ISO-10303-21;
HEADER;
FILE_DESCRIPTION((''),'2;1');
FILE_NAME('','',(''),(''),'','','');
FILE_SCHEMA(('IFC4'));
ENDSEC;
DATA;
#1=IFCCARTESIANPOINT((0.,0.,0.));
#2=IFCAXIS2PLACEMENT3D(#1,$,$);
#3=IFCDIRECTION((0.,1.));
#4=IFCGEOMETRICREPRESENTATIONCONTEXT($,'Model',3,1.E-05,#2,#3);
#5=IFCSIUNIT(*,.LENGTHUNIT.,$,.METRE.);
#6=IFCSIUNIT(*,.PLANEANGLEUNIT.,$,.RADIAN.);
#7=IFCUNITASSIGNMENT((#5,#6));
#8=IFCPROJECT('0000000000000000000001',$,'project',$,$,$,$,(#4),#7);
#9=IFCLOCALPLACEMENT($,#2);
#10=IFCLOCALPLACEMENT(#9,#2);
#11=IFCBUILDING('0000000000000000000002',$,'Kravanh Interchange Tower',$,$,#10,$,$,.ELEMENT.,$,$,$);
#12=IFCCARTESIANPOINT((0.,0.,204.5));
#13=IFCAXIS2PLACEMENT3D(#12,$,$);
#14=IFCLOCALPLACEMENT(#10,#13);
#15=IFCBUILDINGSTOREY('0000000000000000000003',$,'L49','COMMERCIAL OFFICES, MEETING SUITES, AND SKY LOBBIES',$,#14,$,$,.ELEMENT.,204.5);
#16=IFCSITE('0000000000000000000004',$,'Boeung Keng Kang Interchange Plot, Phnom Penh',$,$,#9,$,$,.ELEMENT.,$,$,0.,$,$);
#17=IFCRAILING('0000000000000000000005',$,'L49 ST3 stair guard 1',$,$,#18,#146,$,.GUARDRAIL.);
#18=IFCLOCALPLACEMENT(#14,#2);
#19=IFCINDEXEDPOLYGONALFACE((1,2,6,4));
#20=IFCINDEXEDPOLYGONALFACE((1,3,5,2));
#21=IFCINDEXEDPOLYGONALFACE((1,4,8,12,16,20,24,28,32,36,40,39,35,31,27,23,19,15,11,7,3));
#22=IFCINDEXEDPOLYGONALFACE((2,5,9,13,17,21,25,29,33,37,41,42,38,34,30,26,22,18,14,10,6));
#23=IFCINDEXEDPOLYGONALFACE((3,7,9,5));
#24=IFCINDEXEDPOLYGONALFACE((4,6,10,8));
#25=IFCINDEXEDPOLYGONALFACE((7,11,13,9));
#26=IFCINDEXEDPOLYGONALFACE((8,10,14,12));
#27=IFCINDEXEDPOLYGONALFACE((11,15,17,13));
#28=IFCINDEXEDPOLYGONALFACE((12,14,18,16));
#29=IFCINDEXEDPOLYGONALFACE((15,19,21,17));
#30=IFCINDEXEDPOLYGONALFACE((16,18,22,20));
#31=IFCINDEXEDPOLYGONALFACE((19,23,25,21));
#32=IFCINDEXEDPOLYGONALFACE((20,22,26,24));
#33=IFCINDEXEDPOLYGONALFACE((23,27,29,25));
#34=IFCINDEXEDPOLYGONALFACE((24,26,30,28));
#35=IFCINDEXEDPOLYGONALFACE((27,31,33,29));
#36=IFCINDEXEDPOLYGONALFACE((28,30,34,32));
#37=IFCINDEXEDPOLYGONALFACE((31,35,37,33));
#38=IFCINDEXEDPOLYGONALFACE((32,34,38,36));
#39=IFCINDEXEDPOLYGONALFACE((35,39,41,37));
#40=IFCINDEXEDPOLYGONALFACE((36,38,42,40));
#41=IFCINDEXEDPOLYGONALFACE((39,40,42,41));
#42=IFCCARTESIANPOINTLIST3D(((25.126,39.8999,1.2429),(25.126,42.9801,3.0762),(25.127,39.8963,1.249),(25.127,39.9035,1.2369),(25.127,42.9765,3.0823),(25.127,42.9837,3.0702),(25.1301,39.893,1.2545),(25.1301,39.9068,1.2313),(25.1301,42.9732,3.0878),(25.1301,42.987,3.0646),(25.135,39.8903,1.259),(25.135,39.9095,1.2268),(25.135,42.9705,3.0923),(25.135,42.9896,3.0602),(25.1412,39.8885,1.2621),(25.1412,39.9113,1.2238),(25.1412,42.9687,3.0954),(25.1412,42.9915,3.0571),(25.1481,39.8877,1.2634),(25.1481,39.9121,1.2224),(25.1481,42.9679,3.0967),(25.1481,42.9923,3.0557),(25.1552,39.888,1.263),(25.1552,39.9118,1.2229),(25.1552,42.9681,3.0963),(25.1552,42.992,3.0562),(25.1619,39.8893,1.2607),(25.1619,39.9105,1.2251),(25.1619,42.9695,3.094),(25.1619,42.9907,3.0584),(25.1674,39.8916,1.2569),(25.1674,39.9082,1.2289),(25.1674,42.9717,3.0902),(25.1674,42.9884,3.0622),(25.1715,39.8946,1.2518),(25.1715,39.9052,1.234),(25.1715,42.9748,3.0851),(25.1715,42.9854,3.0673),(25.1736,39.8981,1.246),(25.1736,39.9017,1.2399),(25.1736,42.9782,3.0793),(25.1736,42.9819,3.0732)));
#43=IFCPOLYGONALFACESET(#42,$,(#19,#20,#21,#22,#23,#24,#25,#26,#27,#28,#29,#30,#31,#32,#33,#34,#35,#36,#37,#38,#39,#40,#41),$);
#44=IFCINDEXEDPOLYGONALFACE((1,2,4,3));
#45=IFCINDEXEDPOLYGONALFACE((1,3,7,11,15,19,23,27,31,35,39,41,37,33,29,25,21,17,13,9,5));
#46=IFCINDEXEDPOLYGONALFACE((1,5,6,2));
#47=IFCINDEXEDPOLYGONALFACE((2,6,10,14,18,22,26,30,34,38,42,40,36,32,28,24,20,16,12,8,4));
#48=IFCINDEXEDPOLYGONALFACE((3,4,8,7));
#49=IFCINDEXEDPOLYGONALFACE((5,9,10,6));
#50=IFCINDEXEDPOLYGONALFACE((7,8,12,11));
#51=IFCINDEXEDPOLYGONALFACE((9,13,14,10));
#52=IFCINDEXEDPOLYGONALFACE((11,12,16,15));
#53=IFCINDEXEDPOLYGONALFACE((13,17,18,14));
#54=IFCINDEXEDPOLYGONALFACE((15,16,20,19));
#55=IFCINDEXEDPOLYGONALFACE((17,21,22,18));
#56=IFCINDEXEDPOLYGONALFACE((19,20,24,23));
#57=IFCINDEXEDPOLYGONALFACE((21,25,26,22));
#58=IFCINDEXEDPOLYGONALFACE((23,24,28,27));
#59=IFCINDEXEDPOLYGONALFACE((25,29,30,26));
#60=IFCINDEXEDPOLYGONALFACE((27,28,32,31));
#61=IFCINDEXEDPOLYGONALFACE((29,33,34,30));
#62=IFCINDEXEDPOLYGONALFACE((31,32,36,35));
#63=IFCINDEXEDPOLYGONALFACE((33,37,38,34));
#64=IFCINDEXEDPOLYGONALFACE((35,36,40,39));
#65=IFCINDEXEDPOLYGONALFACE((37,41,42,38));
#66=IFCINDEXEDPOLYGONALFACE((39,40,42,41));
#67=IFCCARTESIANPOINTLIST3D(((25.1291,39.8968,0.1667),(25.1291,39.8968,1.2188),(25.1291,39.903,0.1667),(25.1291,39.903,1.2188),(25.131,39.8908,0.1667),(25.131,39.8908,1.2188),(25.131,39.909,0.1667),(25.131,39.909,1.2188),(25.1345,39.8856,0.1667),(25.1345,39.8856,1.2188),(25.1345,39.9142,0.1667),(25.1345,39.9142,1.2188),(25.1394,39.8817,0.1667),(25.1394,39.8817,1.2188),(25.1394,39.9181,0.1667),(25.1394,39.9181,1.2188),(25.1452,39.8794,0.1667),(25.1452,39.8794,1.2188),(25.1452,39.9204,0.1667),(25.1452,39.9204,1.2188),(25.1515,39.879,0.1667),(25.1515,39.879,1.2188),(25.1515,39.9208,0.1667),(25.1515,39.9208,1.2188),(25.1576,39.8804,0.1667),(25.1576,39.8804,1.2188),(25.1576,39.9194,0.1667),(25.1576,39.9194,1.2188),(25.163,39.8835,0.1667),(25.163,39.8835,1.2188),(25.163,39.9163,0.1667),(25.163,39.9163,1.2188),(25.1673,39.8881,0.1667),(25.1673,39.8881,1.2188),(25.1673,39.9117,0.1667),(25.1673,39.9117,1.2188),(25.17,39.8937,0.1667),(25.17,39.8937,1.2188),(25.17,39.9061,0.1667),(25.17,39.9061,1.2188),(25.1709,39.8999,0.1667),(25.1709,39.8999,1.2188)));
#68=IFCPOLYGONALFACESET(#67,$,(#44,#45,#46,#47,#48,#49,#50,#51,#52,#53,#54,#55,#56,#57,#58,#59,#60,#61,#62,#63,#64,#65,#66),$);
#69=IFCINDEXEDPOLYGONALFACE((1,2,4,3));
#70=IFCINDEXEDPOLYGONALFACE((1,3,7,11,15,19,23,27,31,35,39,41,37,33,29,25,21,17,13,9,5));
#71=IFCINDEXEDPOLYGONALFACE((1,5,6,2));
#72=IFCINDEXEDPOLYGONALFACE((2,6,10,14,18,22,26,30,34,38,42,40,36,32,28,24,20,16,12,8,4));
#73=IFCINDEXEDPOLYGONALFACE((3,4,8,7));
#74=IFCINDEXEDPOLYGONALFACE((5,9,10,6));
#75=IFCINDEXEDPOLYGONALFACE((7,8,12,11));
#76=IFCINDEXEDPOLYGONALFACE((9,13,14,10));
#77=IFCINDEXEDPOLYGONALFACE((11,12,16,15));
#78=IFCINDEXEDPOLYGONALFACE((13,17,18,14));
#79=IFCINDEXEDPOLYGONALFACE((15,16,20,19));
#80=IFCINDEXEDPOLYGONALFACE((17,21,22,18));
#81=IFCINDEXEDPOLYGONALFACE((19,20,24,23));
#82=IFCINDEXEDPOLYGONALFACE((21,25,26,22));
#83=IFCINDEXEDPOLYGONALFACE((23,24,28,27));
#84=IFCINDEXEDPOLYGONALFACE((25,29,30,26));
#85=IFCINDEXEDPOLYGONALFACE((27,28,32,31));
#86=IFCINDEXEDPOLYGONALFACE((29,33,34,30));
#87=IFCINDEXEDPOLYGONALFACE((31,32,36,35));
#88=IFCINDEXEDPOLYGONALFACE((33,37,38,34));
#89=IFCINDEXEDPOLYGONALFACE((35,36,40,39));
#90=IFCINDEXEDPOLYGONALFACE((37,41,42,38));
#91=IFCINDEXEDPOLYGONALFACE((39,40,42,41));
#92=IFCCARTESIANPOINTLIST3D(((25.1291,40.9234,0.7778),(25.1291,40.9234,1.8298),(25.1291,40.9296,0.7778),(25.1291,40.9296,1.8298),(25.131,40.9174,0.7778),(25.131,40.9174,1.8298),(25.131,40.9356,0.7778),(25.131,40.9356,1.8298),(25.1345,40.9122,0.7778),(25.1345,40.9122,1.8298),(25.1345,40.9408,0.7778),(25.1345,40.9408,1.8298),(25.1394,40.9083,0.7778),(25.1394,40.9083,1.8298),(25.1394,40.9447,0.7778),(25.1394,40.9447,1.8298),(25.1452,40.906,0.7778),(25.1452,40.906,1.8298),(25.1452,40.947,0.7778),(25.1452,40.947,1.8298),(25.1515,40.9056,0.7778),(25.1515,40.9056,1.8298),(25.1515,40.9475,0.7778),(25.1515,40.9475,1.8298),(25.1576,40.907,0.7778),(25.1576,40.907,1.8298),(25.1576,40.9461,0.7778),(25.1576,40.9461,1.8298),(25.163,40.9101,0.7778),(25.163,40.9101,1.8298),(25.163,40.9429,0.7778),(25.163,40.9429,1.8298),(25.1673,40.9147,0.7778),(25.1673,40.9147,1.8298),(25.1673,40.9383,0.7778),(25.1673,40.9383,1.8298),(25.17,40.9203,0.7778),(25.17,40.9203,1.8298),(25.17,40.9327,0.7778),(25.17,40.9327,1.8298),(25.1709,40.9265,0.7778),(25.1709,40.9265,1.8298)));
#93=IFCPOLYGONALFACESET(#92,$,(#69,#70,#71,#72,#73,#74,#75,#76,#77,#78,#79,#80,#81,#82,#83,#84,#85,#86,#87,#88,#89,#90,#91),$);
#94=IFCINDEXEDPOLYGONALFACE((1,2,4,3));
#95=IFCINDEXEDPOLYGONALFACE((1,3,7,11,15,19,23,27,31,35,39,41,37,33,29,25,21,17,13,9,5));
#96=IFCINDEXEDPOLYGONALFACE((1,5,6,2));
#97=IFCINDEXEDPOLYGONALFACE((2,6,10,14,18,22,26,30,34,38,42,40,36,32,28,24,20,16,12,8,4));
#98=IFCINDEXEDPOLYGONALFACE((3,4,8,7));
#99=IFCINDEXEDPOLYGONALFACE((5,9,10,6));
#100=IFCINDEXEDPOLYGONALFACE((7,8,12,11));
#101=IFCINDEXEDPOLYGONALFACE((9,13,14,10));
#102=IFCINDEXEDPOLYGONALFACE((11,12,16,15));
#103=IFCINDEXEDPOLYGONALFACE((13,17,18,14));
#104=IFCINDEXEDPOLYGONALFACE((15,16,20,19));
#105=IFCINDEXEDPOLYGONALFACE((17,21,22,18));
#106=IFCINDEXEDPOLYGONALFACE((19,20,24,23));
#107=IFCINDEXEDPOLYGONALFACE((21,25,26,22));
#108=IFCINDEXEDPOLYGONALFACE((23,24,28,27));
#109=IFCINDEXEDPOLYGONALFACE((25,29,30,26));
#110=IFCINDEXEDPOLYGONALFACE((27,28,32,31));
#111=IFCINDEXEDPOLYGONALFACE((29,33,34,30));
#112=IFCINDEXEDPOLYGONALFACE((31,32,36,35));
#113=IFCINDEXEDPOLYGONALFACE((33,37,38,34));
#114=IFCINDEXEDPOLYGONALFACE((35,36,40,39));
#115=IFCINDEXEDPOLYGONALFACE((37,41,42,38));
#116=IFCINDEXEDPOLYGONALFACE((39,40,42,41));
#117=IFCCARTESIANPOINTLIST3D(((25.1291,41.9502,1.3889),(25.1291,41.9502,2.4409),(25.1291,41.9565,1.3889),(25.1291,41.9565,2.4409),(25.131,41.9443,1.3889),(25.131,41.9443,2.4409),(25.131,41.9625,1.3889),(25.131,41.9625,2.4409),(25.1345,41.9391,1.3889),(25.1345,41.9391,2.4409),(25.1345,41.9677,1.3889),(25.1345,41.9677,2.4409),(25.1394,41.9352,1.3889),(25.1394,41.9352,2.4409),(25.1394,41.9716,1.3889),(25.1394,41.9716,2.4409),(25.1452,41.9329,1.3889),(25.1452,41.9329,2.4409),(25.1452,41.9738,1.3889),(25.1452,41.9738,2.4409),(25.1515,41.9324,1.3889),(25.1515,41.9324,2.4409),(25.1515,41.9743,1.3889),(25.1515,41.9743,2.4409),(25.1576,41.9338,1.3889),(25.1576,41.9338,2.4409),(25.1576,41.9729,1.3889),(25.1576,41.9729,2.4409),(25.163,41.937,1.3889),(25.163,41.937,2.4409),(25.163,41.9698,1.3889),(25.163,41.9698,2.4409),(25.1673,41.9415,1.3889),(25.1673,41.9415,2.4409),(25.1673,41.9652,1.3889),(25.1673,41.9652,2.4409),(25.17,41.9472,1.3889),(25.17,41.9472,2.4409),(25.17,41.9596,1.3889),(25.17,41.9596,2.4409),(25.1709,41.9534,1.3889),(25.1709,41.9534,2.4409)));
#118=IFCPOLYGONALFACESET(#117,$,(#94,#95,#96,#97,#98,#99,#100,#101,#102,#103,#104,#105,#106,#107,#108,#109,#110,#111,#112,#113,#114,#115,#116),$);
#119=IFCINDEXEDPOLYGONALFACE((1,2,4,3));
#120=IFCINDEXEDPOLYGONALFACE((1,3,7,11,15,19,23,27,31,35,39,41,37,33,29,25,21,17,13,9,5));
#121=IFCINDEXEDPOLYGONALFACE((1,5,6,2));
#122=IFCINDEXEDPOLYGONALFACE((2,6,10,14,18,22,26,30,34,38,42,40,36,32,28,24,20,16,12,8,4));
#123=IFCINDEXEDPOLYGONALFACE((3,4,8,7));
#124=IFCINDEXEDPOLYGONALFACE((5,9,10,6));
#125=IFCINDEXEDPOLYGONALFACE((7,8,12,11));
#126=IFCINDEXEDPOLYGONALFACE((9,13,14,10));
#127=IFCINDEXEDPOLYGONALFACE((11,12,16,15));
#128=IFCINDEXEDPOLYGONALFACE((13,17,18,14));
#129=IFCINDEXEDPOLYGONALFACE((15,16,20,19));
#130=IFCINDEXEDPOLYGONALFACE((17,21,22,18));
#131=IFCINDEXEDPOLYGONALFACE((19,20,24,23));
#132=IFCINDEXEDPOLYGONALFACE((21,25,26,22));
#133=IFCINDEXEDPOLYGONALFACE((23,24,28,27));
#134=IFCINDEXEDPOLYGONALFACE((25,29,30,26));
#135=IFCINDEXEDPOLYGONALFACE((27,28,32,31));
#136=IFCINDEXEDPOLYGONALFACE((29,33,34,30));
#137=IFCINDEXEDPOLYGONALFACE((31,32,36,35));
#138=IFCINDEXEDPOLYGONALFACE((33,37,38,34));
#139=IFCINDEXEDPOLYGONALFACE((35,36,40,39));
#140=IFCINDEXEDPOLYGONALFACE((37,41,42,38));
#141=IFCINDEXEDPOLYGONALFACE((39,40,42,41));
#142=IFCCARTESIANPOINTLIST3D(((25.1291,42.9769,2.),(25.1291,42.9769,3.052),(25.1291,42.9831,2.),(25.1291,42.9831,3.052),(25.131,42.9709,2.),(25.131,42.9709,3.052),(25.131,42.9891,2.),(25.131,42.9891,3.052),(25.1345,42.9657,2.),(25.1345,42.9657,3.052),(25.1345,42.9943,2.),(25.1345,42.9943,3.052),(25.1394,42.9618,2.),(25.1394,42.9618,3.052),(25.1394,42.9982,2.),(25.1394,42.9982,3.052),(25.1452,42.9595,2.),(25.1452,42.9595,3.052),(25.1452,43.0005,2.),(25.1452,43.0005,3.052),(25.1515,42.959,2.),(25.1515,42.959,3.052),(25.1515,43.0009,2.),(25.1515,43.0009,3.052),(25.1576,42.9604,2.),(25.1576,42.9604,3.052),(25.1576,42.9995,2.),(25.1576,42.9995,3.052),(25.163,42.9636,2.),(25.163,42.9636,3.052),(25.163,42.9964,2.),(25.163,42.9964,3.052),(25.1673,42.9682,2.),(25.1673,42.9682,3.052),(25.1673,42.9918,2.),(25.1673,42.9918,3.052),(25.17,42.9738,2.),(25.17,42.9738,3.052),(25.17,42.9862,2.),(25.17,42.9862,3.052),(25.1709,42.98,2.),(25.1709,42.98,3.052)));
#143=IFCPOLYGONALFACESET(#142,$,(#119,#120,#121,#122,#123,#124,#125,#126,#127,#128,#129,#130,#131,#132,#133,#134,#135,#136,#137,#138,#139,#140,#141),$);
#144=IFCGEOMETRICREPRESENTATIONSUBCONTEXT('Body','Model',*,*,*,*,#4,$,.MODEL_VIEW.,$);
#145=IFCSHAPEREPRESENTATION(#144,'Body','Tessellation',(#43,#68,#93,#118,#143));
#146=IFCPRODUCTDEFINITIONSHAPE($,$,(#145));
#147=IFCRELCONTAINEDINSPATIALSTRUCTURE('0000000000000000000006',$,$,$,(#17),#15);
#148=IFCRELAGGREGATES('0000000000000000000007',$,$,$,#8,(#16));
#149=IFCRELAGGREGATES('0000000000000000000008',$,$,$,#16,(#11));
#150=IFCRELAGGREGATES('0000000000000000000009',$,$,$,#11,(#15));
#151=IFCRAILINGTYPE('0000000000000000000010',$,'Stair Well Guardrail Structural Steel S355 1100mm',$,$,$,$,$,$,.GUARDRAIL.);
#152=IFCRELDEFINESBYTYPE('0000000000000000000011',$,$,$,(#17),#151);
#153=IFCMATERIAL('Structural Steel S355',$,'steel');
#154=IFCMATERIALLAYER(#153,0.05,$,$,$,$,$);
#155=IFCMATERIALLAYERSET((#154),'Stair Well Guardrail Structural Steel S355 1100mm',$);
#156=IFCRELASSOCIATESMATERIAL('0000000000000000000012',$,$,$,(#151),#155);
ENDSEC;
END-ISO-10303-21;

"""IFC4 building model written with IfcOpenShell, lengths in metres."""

from ifc_helpers import new_model, si_unit, direction, frame, origin, origin_2d, place, context, subcontext, project, spatial, circle, extrude, material, layer, layer_set, type_object, element, save


model = new_model("IFC4")

# Units and contexts
model_context = context("Model", 3, precision=1e-05, world=origin(), true_north=direction((0.0, 1.0)))
body_context = subcontext(model_context, "Body", "Model", "MODEL_VIEW")
ifc_project = project(units=[si_unit("LENGTHUNIT", "METRE"), si_unit("PLANEANGLEUNIT", "RADIAN")], contexts=[model_context])

# Site, building, storey
site_placement = place(None, origin())
site = spatial("IfcSite", under=ifc_project, at=site_placement, Name="Boeung Keng Kang Interchange Plot, Phnom Penh", CompositionType="ELEMENT", RefElevation=0.0)
building_placement = place(site_placement, origin())
building = spatial("IfcBuilding", under=site, at=building_placement, Name="Kravanh Interchange Tower", CompositionType="ELEMENT")
storey_placement = place(building_placement, frame((0.0, 0.0, 204.5)))
storey = spatial("IfcBuildingStorey", under=building, at=storey_placement, Name="L49", Description="COMMERCIAL OFFICES, MEETING SUITES, AND SKY LOBBIES", CompositionType="ELEMENT", Elevation=204.5)

# Railing
ifc_material_1 = material(Name="Structural Steel S355", Category="steel")
ifc_layer_1 = layer(ifc_material_1, 0.05)
ifc_layer_set_1 = layer_set([ifc_layer_1], Name="Stair Well Guardrail Structural Steel S355 1100mm")
railing_type_1 = type_object("IfcRailingType", Name="Stair Well Guardrail Structural Steel S355 1100mm", PredefinedType="GUARDRAIL", material=ifc_layer_set_1)
railing_1_placement = place(storey_placement, frame((25.1499, 39.8999, 0.1667)))
element("IfcRailing", 1, at=railing_1_placement, inside=storey, type_object=railing_type_1, Name="L49 ST3 stair guard 1", PredefinedType="GUARDRAIL", context=body_context, shape_type="SweptSolid", body=[
    extrude(circle(Radius=0.0239, at=origin_2d()), frame((0.0, 0.0, 1.0762), z_axis=(0.0, 0.859309, 0.511458), x_axis=(-1.0, 0.0, 0.0)), (0.0, 0.0, 1.0), 3.5845),
    extrude(circle(Radius=0.021, at=origin_2d()), origin(), (0.0, 0.0, 1.0), 1.052),
    extrude(circle(Radius=0.021, at=origin_2d()), frame((0.0, 1.0266, 0.6111)), (0.0, 0.0, 1.0), 1.052),
    extrude(circle(Radius=0.021, at=origin_2d()), frame((0.0, 2.0535, 1.2222)), (0.0, 0.0, 1.0), 1.052),
    extrude(circle(Radius=0.021, at=origin_2d()), frame((0.0, 3.0801, 1.8333)), (0.0, 0.0, 1.0), 1.052),
])

save(model, "model.ifc")
